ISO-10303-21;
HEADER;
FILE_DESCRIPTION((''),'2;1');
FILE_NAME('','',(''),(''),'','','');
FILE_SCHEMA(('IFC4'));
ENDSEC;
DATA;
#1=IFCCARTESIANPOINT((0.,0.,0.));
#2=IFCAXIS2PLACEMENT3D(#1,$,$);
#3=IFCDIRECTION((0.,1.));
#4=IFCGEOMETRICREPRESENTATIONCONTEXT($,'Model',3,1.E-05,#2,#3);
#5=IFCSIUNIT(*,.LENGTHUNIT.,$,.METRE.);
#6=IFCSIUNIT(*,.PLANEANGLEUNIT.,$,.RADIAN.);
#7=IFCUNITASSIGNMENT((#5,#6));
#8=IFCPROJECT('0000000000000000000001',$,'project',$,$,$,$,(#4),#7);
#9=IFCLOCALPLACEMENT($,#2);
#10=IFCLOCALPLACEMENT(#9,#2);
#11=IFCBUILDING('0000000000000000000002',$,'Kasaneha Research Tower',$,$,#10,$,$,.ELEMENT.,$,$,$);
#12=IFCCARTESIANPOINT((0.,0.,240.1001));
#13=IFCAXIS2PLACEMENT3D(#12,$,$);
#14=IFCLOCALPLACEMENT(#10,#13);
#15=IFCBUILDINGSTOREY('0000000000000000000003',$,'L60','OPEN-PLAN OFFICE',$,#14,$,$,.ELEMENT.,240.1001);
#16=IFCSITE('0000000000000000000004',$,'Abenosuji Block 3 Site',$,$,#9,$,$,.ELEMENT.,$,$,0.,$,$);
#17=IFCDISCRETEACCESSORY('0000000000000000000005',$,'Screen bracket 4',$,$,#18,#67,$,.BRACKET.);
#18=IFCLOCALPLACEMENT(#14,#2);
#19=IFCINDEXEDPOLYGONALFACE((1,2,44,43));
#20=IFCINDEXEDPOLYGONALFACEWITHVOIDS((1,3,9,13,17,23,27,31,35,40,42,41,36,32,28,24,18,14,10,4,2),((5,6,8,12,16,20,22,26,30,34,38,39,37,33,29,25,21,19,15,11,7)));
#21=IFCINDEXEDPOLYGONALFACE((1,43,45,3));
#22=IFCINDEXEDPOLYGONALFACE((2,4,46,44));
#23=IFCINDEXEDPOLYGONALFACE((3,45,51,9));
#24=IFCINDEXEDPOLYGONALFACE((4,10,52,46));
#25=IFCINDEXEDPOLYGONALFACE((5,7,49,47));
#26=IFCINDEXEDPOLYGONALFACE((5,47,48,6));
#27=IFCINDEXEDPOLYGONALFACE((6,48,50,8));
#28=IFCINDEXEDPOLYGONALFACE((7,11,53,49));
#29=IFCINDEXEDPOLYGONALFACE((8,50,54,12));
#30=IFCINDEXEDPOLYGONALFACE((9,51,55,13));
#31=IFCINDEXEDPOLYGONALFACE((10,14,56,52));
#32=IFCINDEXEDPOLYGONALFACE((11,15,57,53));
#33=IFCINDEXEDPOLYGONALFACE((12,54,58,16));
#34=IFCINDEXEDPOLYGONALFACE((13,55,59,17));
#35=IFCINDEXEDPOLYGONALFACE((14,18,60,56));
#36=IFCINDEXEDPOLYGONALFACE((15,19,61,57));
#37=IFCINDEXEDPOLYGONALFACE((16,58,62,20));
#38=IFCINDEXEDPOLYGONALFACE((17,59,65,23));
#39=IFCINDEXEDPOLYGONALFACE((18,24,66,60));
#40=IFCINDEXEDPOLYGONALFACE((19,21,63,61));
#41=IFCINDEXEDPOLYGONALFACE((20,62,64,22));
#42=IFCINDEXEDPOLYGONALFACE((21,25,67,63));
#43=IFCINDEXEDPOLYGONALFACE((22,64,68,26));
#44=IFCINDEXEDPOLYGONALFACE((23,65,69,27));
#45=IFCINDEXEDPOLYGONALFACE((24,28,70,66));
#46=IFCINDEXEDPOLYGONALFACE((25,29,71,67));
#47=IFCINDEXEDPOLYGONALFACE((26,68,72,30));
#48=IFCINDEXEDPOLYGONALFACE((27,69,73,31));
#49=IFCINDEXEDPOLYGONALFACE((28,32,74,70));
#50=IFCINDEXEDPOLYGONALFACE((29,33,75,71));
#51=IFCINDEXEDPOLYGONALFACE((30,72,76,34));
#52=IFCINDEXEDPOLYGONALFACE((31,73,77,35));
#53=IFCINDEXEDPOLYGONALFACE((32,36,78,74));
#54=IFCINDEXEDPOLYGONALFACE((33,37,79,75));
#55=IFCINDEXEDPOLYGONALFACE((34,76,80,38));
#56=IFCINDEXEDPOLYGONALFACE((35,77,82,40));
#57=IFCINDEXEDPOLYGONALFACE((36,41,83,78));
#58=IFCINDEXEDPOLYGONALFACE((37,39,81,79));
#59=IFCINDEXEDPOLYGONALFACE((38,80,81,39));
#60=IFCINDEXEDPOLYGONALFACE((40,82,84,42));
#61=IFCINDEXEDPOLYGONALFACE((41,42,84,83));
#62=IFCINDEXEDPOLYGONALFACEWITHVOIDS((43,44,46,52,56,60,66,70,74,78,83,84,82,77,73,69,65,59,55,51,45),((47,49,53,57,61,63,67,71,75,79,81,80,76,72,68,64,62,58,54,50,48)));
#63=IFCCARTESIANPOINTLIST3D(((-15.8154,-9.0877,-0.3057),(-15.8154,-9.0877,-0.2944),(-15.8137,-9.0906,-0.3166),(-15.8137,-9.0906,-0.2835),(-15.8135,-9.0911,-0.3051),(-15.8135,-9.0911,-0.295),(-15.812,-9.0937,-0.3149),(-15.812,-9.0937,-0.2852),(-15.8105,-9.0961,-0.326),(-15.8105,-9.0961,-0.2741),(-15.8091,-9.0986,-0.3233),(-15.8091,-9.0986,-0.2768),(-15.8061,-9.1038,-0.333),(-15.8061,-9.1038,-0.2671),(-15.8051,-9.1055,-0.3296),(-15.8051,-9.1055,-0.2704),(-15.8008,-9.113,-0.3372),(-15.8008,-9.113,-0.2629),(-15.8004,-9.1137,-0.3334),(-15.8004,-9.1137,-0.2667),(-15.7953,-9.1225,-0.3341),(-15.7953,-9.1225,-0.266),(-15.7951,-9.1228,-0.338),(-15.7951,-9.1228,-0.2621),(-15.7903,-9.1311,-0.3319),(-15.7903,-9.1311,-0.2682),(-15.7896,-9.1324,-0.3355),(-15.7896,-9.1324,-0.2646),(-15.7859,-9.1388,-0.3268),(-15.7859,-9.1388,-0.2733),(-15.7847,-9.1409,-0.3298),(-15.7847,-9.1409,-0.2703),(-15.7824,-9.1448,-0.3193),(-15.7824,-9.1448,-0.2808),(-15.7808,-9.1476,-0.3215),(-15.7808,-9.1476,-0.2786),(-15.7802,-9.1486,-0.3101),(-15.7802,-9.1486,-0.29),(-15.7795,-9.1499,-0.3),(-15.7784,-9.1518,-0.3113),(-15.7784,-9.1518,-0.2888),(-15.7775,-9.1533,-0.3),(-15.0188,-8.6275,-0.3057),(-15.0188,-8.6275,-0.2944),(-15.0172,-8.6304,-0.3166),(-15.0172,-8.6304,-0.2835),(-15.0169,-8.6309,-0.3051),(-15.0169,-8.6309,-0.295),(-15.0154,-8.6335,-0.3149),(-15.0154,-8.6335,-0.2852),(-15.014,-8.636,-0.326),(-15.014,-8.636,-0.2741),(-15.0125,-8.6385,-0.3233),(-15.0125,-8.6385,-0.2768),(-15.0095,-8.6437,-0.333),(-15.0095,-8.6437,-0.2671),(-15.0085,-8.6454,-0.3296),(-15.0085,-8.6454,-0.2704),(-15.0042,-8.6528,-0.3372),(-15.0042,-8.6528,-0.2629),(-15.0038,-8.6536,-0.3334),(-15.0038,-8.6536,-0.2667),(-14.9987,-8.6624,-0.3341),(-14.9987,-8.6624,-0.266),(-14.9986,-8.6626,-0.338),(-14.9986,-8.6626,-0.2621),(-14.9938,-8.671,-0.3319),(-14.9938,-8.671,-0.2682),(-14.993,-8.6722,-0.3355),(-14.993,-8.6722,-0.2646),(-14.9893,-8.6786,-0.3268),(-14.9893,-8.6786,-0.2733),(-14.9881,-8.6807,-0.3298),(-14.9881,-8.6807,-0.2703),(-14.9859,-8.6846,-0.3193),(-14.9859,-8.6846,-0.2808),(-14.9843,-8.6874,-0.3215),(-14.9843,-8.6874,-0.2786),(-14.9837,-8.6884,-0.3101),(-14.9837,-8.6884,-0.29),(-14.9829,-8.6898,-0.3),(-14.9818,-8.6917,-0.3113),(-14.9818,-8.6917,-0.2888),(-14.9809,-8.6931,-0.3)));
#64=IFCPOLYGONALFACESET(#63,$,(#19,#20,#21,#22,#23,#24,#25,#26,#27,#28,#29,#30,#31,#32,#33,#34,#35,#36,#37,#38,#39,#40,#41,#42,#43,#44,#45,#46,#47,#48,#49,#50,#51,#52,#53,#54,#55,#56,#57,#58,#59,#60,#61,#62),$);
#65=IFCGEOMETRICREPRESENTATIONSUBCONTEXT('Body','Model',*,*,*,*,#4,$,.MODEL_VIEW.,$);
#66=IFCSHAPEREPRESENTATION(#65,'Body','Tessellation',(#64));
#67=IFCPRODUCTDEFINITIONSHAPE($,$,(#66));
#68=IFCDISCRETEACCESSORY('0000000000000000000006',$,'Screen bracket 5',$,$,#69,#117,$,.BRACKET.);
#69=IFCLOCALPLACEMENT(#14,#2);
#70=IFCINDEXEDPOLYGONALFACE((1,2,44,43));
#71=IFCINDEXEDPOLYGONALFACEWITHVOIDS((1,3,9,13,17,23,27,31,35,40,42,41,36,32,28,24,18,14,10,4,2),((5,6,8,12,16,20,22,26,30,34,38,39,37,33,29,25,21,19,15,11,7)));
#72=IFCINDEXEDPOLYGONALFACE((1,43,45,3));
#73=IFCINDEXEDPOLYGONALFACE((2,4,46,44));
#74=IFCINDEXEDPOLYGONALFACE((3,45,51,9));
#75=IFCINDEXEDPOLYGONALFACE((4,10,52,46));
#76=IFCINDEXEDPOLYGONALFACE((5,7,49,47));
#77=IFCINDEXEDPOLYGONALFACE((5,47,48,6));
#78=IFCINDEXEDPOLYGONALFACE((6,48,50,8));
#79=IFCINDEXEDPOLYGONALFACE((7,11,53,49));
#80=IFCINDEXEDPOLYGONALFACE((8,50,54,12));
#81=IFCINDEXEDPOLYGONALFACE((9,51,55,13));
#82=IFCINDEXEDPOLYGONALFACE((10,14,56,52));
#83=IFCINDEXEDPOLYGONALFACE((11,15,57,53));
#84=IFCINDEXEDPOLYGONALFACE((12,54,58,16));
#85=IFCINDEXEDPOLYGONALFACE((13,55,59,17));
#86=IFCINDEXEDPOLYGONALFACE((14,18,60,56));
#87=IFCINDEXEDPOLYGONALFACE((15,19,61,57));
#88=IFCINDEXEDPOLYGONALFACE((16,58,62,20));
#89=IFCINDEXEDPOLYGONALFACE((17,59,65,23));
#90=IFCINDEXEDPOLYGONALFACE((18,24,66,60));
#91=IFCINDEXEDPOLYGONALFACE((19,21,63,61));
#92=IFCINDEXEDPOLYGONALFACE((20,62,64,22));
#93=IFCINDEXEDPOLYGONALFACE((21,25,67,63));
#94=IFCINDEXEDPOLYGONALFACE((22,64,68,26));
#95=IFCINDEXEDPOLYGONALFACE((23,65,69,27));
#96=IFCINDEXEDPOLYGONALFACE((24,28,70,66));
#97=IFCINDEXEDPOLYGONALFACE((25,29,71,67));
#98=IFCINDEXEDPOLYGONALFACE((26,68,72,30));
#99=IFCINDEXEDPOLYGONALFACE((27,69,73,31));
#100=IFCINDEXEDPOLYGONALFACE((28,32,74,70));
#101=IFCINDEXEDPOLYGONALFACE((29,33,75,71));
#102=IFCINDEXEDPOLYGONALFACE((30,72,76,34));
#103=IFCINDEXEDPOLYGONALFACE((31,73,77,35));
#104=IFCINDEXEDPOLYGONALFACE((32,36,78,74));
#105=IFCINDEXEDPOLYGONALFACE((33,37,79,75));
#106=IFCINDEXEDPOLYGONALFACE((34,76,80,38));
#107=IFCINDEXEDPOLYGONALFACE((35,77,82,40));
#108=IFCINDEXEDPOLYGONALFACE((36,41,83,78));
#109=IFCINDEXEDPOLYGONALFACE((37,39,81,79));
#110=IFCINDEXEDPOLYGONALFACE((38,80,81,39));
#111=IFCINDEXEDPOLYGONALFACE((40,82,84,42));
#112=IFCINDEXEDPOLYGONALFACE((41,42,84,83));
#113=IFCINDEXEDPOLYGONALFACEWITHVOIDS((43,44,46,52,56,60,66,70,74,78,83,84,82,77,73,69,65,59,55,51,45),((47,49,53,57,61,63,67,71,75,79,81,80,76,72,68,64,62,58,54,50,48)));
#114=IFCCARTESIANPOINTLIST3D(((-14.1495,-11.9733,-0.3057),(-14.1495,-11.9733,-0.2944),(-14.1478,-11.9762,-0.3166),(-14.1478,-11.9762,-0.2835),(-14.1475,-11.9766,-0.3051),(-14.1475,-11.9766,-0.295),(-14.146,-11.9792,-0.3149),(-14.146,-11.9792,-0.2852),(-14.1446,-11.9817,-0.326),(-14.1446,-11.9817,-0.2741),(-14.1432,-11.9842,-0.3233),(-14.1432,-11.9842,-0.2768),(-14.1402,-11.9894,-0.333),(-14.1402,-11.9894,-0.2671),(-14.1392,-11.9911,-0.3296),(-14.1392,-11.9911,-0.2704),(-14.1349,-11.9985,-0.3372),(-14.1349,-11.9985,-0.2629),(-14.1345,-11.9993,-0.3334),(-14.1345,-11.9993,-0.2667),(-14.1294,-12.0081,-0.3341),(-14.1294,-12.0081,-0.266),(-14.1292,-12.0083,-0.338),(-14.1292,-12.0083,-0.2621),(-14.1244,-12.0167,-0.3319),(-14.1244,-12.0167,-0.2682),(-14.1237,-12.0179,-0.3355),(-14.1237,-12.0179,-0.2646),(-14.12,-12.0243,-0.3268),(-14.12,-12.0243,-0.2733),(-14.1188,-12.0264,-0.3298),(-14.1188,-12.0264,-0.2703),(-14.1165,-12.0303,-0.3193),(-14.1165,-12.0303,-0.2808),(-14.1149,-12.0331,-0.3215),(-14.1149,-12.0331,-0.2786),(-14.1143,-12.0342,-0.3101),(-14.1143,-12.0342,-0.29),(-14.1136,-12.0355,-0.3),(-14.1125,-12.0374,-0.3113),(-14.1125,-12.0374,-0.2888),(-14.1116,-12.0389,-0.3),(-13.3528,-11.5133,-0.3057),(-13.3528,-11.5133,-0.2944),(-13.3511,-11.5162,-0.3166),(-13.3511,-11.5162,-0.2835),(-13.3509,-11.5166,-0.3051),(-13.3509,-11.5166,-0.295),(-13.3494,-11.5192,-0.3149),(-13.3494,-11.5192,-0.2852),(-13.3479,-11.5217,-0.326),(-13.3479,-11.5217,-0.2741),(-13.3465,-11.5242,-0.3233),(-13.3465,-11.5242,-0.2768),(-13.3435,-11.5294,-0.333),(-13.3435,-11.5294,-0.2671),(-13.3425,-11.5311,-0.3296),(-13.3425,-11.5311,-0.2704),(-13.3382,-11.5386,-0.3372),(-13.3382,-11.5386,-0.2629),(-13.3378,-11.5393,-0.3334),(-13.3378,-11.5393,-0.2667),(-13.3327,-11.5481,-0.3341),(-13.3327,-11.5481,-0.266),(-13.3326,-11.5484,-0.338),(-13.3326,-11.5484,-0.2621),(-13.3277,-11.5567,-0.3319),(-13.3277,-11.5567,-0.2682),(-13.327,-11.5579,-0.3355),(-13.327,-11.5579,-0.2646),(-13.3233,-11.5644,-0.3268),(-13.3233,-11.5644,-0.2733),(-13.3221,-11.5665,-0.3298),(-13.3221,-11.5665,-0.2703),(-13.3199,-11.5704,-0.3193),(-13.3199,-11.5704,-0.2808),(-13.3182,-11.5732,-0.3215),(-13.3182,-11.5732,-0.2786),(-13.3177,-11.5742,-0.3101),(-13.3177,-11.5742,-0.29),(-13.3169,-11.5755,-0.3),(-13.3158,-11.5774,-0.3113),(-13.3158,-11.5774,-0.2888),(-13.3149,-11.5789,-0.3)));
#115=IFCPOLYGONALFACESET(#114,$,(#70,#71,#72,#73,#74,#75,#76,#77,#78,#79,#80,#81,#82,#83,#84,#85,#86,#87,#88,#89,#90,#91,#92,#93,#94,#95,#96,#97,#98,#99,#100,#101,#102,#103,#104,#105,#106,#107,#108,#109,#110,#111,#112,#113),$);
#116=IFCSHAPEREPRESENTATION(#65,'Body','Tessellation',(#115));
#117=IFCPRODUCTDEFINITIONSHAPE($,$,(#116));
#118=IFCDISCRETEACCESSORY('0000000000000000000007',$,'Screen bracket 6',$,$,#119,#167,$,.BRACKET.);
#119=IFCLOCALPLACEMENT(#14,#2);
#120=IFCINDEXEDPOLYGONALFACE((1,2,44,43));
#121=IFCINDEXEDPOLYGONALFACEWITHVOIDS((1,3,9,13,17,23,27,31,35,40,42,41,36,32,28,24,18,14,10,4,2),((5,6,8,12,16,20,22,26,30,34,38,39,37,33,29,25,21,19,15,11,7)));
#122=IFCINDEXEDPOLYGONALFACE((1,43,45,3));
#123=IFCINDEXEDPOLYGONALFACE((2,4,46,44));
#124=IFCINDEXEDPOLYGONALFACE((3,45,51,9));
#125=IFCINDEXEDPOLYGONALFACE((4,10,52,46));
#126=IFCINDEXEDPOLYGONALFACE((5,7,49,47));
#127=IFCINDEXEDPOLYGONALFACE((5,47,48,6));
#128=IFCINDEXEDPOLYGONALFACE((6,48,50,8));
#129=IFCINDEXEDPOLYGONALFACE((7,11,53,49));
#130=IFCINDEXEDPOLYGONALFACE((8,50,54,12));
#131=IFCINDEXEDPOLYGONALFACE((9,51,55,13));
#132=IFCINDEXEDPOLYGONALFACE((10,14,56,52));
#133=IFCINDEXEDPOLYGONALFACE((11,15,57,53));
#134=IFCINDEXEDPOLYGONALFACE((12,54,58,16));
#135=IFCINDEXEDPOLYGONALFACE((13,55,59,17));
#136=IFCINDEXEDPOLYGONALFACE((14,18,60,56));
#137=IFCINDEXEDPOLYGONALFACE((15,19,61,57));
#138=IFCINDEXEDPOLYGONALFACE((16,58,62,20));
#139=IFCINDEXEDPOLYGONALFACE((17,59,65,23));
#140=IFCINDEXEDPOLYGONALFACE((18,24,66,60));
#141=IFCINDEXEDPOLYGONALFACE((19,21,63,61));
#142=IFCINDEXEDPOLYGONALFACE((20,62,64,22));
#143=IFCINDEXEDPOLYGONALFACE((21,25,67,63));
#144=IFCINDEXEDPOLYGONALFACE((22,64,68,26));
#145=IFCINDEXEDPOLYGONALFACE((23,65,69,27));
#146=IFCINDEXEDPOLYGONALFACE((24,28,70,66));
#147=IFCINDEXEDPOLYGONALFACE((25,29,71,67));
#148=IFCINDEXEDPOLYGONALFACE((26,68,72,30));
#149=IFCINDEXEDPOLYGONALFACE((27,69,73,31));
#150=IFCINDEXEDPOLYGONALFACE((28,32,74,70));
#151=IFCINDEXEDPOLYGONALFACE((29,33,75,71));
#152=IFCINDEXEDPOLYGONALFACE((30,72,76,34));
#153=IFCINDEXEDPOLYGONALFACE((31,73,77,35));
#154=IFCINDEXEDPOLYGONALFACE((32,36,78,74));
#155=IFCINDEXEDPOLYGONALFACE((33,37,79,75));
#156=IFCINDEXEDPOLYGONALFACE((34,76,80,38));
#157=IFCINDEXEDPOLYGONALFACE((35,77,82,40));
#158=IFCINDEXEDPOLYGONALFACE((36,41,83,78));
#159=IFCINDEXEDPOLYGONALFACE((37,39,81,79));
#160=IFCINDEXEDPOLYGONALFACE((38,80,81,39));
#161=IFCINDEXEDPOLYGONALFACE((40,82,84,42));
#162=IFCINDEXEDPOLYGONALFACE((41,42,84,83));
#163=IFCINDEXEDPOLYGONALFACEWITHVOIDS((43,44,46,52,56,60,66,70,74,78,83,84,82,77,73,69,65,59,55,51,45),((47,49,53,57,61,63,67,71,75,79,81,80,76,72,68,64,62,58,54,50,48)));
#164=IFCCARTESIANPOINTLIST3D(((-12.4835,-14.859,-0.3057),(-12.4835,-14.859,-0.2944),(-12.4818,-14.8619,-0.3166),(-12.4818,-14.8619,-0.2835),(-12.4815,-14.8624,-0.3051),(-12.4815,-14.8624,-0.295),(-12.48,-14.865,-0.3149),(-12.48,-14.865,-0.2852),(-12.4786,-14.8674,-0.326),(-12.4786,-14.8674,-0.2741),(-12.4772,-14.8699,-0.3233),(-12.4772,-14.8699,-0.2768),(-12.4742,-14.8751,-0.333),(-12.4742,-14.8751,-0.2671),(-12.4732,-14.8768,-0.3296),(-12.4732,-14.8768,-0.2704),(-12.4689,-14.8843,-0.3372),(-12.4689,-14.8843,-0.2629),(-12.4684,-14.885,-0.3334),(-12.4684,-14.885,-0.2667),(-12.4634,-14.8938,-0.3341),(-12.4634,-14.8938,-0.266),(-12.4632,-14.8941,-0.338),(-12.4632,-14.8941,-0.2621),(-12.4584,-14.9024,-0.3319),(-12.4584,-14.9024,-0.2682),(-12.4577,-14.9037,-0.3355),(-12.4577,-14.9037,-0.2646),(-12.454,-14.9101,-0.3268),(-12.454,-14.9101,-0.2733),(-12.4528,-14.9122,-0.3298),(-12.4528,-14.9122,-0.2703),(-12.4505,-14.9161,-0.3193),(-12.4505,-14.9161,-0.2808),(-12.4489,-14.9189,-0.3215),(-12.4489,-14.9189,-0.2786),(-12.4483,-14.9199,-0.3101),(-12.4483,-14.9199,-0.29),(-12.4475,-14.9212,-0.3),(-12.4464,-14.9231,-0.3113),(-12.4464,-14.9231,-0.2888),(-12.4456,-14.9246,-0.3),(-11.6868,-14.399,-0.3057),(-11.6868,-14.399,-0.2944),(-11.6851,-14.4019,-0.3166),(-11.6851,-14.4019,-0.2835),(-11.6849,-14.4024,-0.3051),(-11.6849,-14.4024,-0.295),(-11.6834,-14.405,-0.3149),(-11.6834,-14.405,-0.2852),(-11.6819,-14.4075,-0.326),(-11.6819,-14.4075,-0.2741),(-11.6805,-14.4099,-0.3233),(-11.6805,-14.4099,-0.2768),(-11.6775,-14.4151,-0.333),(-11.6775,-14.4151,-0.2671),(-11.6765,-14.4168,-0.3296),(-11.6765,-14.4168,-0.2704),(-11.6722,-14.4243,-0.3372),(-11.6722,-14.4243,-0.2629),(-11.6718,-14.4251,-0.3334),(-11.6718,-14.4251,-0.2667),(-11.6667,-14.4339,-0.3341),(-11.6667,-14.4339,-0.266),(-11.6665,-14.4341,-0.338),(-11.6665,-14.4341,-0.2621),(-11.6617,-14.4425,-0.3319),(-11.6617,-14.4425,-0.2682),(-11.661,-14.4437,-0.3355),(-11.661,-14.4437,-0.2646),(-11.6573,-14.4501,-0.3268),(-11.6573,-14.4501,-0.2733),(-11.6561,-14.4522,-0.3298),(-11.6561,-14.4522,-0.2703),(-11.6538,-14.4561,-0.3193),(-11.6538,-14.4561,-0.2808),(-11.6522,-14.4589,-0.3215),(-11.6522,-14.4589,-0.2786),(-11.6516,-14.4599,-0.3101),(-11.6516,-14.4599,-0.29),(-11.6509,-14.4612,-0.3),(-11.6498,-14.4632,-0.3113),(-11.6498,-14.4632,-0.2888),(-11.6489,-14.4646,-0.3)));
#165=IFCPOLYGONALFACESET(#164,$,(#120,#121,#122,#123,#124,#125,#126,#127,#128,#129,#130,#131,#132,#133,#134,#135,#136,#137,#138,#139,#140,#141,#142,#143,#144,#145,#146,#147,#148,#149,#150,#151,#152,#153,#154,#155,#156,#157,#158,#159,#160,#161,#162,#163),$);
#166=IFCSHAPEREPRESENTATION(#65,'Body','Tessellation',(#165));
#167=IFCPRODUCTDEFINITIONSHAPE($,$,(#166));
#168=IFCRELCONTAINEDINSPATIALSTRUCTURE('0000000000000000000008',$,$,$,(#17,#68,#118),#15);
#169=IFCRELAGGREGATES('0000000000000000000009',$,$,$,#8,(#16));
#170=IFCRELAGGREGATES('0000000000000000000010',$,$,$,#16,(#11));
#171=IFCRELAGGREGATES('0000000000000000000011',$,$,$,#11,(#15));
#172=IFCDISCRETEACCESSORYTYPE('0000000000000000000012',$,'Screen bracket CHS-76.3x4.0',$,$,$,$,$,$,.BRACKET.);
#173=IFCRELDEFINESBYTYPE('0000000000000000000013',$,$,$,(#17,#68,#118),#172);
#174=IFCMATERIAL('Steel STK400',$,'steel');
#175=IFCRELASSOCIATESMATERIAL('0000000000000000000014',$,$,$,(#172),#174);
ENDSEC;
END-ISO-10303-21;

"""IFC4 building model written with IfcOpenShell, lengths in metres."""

from ifc_helpers import new_model, si_unit, direction, frame, origin, origin_2d, place, context, subcontext, project, spatial, hollow_circle, extrude, material, material_profile, profile_set, type_object, element, save


model = new_model("IFC4")

# Units and contexts
model_context = context("Model", 3, precision=1e-05, world=origin(), true_north=direction((0.0, 1.0)))
body_context = subcontext(model_context, "Body", "Model", "MODEL_VIEW")
ifc_project = project(units=[si_unit("LENGTHUNIT", "METRE"), si_unit("PLANEANGLEUNIT", "RADIAN")], contexts=[model_context])

# Site, building, storey
site_placement = place(None, origin())
site = spatial("IfcSite", under=ifc_project, at=site_placement, Name="Abenosuji Block 3 Site", CompositionType="ELEMENT", RefElevation=0.0)
building_placement = place(site_placement, origin())
building = spatial("IfcBuilding", under=site, at=building_placement, Name="Kasaneha Research Tower", CompositionType="ELEMENT")
storey_placement = place(building_placement, frame((0.0, 0.0, 240.1001)))
storey = spatial("IfcBuildingStorey", under=building, at=storey_placement, Name="L60", Description="OPEN-PLAN OFFICE", CompositionType="ELEMENT", Elevation=240.1001)

# Discrete accessories
ifc_material_1 = material(Name="Steel STK400", Category="steel")
ifc_material_profile_1 = material_profile(ifc_material_1, hollow_circle(Radius=0.0381, WallThickness=0.0039, at=origin_2d()), Name="CHS-76.3x4.0")
ifc_profile_set_1 = profile_set([ifc_material_profile_1], Name="Steel STK400")
discrete_accessory_type = type_object("IfcDiscreteAccessoryType", Name="Screen bracket CHS-76.3x4.0", PredefinedType="BRACKET", material=ifc_profile_set_1)
for number, where, z_axis, x_axis, name in (
    (1, (-15.0, -8.6602, -0.3), (-0.865898, -0.50022, 0.0), (0.50022, -0.865898, 0.0), "Screen bracket 4"),
    (2, (-13.334, -11.5459, -0.3), (-0.866013, -0.500021, 0.0), (0.500021, -0.866013, 0.0), "Screen bracket 5"),
    (3, (-11.668, -14.4316, -0.3), (-0.866013, -0.500021, 0.0), (0.500021, -0.866013, 0.0), "Screen bracket 6"),
):
    element("IfcDiscreteAccessory", number, at=place(storey_placement, frame(where, z_axis=z_axis, x_axis=x_axis)), inside=storey, type_object=discrete_accessory_type, Name=name, PredefinedType="BRACKET", context=body_context, shape_type="SweptSolid", body=[
        extrude(hollow_circle(Radius=0.0381, WallThickness=0.0039, at=origin_2d()), origin(), (0.0, 0.0, 1.0), 0.9199),
    ])

save(model, "model.ifc")
